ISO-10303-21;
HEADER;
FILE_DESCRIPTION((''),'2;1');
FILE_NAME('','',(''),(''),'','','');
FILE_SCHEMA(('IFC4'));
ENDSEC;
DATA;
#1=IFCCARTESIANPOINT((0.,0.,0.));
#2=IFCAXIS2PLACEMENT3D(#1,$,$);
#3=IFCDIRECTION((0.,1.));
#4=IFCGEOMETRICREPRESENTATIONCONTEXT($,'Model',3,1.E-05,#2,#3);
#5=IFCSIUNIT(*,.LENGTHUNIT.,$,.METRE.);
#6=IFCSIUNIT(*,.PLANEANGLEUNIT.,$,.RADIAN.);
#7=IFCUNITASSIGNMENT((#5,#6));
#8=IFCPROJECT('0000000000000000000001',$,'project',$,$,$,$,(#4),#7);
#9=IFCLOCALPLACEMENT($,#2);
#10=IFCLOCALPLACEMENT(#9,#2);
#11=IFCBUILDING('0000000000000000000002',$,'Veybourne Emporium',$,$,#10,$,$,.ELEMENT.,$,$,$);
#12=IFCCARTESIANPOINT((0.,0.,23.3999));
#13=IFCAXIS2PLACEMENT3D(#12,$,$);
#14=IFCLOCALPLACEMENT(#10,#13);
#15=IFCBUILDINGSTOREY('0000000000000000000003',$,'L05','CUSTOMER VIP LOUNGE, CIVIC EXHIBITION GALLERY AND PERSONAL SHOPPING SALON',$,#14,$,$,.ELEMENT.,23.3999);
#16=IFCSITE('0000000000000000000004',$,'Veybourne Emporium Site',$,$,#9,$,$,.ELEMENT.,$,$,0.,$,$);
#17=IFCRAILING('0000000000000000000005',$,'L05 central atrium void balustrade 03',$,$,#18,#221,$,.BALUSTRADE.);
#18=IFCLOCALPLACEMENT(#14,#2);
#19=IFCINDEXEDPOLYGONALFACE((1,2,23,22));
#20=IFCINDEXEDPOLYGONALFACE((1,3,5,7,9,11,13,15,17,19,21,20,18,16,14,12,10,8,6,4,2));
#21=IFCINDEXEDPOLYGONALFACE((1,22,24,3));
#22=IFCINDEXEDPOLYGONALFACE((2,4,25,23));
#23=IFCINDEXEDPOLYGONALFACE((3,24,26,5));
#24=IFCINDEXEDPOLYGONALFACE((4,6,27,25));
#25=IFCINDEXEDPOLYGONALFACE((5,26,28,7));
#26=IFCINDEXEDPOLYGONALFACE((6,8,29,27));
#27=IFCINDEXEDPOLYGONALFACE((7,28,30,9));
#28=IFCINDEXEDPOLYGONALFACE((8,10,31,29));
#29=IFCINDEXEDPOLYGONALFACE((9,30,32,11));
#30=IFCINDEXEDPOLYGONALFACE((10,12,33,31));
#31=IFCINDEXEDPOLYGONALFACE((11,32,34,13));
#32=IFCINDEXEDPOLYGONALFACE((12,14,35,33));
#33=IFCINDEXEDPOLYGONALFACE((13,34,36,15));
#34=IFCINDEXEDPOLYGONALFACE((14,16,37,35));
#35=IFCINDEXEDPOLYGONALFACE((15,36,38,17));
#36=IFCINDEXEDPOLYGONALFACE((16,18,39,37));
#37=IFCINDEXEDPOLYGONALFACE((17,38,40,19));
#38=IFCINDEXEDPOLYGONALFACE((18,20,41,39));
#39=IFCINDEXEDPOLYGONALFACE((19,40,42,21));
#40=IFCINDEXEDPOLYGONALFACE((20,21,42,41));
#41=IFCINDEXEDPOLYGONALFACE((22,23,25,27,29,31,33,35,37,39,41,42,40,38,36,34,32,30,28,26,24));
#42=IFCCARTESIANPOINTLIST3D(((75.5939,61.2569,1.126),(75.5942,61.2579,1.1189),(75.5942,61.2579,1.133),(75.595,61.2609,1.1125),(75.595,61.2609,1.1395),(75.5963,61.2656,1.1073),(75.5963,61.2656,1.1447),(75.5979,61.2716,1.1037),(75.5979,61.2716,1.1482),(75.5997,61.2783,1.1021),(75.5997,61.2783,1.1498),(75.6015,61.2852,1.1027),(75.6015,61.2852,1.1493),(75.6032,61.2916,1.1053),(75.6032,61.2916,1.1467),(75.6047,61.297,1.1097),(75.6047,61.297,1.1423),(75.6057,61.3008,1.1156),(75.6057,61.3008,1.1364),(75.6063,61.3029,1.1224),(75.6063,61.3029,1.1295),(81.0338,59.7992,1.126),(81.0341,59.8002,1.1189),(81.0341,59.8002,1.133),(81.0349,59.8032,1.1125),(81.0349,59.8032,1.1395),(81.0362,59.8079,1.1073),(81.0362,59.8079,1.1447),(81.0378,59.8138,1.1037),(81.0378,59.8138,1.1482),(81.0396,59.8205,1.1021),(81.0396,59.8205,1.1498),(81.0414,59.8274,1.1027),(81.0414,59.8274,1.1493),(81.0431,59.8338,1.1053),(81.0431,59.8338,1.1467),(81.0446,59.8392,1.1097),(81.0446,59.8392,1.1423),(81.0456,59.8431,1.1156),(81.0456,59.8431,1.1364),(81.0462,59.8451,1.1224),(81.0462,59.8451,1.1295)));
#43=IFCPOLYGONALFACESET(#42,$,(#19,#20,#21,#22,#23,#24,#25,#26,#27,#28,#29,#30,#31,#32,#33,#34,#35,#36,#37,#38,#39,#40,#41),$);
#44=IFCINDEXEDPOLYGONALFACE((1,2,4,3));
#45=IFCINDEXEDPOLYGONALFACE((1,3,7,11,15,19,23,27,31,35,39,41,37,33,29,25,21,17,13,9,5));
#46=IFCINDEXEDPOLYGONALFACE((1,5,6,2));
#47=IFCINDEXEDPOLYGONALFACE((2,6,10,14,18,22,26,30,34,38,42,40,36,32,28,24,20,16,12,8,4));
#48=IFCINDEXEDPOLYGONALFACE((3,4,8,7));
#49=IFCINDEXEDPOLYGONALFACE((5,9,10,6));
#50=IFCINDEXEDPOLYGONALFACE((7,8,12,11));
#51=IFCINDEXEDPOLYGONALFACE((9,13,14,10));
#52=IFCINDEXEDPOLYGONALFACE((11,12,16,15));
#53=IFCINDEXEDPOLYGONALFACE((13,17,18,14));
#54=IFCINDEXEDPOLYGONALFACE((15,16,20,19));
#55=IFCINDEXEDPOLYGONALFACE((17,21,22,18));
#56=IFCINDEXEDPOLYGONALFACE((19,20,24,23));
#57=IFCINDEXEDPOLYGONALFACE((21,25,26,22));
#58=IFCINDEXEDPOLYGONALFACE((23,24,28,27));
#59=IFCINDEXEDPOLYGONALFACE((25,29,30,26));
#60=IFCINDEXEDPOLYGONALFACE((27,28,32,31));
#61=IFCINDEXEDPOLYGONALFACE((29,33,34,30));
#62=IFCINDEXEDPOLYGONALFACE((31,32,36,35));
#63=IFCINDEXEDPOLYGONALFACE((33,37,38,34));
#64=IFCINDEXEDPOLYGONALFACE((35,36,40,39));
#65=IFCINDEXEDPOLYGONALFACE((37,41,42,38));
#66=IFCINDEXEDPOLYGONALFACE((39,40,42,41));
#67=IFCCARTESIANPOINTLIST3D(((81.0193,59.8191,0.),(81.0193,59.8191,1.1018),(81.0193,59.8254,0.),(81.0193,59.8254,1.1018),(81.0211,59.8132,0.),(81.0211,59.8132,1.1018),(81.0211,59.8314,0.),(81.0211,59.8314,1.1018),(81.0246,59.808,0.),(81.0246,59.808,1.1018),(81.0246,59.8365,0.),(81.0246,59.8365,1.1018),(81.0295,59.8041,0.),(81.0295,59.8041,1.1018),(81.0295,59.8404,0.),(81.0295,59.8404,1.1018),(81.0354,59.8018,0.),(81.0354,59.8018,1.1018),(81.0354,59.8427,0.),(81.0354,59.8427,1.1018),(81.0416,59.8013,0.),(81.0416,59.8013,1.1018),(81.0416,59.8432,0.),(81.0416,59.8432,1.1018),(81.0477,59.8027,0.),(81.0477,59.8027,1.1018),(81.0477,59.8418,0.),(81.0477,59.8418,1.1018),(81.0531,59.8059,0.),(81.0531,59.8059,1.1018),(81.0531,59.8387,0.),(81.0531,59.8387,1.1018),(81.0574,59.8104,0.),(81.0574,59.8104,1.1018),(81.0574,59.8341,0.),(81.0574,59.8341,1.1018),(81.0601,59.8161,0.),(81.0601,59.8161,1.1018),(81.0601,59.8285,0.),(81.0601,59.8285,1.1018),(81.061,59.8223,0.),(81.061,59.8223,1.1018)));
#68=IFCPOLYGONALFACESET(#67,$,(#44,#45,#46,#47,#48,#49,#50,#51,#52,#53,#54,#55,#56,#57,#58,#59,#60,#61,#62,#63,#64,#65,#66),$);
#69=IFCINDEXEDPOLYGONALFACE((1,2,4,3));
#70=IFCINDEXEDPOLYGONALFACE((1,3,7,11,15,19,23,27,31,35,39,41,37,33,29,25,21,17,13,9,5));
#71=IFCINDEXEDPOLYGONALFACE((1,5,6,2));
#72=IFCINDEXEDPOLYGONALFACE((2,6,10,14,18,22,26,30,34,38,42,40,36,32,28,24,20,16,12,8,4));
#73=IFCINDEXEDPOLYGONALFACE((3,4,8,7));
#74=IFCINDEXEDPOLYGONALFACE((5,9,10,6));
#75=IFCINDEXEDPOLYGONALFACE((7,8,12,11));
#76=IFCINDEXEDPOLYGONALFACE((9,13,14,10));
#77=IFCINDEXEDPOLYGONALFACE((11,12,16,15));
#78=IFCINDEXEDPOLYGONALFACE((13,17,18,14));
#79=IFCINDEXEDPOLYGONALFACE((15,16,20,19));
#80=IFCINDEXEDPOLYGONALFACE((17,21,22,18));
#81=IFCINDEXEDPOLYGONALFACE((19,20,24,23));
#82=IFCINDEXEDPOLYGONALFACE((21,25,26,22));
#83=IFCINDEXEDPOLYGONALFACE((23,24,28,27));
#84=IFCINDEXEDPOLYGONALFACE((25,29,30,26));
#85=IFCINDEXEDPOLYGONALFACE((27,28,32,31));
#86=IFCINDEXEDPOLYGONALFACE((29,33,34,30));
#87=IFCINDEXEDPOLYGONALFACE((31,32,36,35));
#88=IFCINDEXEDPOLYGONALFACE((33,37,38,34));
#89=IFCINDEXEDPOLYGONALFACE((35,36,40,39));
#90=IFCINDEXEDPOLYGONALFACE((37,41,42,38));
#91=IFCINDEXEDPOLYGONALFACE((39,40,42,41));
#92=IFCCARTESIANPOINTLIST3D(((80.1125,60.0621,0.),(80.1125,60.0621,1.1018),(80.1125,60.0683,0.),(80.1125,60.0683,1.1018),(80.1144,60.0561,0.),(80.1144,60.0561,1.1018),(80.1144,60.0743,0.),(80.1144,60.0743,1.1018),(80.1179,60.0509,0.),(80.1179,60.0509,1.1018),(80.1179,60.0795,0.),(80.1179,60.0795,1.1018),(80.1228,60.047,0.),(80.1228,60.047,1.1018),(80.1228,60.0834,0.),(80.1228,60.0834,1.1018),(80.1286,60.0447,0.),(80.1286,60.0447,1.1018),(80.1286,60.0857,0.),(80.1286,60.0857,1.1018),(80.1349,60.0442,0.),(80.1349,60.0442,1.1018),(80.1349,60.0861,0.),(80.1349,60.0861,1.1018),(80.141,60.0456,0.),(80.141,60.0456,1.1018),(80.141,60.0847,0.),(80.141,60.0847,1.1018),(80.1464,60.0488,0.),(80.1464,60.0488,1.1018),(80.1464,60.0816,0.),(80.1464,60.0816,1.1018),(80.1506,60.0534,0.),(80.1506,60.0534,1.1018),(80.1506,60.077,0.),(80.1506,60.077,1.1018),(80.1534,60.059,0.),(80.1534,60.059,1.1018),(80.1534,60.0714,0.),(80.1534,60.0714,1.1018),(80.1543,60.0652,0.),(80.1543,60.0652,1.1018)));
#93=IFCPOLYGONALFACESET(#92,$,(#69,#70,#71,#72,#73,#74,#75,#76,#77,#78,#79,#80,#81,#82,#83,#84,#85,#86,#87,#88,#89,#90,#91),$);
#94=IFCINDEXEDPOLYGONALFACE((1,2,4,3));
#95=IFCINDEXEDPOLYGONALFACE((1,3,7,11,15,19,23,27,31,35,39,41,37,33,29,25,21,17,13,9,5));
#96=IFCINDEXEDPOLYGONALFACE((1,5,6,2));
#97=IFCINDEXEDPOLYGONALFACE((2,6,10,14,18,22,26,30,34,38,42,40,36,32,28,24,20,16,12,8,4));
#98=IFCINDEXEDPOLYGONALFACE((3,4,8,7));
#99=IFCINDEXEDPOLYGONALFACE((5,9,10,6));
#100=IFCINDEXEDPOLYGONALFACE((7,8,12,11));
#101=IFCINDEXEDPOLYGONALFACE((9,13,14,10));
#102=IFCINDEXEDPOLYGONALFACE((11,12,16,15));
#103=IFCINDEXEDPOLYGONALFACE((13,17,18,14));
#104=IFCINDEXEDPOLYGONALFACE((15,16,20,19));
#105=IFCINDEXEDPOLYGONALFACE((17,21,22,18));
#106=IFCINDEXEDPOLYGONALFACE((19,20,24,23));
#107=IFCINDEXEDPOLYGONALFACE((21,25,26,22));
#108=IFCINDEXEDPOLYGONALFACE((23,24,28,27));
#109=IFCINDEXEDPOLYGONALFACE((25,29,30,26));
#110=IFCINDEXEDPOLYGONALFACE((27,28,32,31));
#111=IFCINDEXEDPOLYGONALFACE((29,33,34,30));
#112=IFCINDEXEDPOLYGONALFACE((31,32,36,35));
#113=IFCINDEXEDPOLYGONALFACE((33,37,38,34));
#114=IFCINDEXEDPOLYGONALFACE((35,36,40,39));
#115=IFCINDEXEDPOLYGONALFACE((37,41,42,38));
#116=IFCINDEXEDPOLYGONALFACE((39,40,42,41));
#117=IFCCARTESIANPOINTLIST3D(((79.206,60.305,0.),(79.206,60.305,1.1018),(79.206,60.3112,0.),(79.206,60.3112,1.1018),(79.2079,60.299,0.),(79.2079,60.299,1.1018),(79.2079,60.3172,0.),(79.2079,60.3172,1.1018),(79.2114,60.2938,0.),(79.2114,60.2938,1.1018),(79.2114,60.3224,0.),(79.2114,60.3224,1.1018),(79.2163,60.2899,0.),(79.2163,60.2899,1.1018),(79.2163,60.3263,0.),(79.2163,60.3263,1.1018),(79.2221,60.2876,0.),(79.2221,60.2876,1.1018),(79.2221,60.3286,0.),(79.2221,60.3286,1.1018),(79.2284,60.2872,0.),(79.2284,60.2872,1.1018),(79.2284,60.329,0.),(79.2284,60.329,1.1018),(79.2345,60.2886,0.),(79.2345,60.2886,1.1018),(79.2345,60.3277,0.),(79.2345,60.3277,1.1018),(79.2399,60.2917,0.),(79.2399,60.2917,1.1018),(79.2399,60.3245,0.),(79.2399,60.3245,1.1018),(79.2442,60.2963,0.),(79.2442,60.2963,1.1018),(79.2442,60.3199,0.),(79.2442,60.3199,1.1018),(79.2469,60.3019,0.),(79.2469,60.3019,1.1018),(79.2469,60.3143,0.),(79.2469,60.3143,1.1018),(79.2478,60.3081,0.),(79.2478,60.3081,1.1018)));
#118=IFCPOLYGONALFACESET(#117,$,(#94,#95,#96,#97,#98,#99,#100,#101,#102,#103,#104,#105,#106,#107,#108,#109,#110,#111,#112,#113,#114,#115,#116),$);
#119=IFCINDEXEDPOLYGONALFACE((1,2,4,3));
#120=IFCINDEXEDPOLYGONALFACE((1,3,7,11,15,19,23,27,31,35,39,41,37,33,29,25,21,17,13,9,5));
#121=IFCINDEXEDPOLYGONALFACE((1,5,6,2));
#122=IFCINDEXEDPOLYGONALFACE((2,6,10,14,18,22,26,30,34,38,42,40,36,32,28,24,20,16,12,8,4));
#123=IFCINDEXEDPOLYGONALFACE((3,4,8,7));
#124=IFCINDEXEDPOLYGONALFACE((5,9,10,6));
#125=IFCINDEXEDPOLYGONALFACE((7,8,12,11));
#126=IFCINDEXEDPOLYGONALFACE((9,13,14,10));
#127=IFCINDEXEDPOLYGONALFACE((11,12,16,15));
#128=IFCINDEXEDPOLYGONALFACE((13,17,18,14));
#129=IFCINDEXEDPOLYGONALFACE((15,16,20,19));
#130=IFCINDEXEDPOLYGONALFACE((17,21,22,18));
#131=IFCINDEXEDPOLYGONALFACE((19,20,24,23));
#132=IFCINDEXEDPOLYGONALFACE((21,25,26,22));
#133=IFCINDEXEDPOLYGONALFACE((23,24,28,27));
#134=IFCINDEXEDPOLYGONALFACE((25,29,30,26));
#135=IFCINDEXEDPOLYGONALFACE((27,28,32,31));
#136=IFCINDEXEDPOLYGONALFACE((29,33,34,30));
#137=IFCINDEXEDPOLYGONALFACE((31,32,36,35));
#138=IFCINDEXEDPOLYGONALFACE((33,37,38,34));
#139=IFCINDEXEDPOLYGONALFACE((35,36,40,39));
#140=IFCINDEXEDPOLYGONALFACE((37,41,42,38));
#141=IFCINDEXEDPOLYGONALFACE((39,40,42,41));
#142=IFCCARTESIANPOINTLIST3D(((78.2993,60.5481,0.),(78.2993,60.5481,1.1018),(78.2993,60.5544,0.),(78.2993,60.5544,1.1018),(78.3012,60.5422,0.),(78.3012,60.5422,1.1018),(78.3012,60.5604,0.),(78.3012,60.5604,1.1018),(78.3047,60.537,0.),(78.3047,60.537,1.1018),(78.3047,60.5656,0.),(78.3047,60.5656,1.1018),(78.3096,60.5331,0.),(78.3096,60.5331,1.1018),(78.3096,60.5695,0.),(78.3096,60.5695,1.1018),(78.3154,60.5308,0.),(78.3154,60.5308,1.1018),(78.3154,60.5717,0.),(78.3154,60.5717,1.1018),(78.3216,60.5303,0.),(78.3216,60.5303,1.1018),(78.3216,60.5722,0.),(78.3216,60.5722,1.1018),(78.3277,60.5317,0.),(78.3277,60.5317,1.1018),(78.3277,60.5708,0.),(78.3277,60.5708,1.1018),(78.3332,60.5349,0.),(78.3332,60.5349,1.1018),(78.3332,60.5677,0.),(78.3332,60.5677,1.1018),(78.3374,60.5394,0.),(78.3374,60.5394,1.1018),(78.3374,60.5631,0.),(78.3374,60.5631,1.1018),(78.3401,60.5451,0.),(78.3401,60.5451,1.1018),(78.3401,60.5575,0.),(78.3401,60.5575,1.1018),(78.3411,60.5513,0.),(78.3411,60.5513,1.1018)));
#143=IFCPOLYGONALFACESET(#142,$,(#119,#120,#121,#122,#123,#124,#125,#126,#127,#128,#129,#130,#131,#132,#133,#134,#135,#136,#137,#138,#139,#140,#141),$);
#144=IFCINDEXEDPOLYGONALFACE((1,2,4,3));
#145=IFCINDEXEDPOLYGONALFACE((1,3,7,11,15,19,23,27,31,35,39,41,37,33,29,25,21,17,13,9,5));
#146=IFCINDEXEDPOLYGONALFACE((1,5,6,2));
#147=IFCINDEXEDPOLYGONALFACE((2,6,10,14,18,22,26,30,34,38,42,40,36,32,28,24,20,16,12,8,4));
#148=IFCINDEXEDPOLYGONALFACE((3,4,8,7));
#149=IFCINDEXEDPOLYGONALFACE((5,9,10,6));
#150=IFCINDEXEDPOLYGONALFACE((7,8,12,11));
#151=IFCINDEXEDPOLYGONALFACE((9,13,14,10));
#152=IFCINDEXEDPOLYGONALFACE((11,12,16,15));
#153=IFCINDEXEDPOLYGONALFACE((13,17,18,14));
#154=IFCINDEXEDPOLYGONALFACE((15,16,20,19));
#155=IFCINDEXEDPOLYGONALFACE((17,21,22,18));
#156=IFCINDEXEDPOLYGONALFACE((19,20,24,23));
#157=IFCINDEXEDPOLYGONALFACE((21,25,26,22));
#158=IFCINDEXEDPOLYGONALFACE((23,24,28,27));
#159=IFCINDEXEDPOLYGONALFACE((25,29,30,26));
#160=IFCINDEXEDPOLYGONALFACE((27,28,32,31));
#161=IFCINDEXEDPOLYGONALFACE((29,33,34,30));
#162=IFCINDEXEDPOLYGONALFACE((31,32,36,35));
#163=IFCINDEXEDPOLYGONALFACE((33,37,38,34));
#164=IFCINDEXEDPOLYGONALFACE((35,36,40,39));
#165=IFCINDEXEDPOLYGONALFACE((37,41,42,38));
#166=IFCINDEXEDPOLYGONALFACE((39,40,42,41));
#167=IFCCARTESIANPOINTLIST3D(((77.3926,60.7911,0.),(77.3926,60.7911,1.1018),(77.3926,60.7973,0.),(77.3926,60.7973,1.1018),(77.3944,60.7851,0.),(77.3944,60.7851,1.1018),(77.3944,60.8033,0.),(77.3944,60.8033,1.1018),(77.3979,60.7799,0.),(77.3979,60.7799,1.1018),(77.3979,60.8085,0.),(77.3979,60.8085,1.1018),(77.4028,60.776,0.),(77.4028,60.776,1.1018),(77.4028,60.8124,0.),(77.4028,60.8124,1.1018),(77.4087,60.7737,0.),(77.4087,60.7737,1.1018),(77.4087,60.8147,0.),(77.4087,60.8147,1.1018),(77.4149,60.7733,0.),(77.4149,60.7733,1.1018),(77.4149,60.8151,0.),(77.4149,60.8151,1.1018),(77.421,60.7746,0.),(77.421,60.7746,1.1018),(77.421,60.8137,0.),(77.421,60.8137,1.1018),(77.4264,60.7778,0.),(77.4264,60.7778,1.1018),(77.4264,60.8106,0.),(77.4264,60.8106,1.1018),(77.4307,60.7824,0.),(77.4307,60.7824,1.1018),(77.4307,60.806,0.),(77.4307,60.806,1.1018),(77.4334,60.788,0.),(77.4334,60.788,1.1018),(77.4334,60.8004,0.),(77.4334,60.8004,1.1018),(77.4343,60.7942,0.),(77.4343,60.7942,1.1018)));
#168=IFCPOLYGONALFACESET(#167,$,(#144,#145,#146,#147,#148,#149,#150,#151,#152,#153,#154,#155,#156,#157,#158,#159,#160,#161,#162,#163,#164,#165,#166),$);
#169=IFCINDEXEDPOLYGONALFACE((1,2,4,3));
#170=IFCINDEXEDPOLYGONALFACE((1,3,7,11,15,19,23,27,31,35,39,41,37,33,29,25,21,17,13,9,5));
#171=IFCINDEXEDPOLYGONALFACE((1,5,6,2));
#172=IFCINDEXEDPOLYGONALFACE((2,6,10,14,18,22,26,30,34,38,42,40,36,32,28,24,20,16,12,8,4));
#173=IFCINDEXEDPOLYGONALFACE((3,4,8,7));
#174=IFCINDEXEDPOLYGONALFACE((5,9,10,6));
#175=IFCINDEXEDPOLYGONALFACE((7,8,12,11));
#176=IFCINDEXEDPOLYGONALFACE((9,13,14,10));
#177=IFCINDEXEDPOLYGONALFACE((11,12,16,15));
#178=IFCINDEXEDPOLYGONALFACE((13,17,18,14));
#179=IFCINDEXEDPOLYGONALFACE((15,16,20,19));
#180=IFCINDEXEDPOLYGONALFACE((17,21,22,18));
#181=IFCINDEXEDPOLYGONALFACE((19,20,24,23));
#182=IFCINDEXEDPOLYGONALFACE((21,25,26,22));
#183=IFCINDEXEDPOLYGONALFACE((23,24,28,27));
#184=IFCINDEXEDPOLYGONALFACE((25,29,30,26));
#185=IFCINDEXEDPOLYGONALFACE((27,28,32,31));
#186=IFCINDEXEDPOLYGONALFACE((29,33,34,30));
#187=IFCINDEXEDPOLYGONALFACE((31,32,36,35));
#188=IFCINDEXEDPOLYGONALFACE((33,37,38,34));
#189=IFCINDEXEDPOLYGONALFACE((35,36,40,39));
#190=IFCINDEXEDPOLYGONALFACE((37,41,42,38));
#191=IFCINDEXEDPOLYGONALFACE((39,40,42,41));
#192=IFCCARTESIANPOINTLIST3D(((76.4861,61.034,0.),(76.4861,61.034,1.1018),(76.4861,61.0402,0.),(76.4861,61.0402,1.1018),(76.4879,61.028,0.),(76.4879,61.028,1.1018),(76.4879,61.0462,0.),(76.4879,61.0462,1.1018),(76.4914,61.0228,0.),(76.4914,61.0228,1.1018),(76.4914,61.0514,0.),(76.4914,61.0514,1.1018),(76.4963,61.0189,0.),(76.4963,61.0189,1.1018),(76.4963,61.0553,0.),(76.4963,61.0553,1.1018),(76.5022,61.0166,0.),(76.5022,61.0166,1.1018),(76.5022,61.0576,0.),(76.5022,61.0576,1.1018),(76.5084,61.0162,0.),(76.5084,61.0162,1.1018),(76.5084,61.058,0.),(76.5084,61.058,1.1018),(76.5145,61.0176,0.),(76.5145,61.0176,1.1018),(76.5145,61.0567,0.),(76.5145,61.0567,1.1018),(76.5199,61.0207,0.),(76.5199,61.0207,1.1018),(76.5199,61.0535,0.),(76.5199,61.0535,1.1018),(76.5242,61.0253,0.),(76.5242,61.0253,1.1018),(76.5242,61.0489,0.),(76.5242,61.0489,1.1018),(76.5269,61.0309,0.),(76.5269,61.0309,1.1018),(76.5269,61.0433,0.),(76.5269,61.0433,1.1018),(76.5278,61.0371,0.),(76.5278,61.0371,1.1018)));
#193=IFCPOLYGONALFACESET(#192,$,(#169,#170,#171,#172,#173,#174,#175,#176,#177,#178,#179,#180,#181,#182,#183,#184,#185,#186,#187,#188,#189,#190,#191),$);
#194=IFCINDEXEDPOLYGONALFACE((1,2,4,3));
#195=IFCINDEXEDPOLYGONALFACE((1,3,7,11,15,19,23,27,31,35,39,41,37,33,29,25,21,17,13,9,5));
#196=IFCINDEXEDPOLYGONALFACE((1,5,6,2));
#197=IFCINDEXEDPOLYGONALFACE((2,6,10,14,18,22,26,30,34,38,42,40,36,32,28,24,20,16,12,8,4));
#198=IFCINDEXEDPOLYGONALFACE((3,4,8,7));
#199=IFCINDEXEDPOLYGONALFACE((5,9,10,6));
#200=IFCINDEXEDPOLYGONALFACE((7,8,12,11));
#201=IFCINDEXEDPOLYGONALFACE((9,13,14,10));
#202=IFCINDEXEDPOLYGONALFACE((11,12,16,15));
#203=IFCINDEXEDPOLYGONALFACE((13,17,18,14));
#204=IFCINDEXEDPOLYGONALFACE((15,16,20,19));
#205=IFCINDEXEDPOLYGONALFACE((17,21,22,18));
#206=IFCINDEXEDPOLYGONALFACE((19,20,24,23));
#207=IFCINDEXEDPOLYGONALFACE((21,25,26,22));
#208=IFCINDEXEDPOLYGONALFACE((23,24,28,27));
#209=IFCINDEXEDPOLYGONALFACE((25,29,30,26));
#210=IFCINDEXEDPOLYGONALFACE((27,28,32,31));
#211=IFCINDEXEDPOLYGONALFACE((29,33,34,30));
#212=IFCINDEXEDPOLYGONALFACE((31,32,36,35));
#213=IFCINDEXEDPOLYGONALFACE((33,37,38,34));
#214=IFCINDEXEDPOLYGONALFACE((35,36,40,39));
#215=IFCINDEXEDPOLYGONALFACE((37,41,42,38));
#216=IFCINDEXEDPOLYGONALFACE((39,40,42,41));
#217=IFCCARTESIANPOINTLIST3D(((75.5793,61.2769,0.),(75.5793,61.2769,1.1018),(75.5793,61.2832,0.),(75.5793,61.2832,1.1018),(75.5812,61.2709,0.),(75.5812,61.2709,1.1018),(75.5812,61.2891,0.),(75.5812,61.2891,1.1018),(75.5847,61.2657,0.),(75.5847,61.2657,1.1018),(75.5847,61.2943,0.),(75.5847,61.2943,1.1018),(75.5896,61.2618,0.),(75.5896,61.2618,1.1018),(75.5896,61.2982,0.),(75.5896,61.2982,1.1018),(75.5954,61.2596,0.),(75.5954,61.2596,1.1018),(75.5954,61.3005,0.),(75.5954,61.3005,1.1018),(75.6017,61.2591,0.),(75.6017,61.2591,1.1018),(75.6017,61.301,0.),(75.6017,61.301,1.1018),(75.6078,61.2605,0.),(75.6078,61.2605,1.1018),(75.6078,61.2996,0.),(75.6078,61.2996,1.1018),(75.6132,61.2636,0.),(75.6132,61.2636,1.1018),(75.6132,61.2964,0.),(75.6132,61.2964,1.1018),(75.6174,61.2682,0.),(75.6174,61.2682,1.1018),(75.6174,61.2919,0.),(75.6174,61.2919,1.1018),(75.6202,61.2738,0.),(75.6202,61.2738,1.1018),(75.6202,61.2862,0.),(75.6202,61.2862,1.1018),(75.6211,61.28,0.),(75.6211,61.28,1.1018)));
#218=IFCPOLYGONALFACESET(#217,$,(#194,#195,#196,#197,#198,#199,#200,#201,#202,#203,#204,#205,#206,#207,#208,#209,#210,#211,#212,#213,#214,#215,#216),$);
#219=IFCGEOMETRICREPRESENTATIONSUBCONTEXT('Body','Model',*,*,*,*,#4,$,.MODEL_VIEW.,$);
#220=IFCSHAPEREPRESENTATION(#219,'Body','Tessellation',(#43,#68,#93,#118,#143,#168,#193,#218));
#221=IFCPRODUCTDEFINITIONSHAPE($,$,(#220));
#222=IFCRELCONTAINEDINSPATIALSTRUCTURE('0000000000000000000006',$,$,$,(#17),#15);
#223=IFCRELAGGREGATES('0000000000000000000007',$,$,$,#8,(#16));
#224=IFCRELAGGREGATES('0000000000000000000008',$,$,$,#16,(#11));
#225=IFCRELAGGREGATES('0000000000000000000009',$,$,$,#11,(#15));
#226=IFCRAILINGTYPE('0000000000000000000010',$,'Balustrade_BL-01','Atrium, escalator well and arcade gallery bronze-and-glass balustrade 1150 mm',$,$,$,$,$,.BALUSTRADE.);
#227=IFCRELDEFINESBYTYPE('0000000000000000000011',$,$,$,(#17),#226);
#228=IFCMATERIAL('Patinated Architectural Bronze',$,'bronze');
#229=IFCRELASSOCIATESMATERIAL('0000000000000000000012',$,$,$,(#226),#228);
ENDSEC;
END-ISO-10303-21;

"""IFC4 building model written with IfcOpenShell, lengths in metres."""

from ifc_helpers import new_model, si_unit, direction, frame, origin, origin_2d, place, context, subcontext, project, spatial, circle, extrude, material, type_object, element, save


model = new_model("IFC4")

# Units and contexts
model_context = context("Model", 3, precision=1e-05, world=origin(), true_north=direction((0.0, 1.0)))
body_context = subcontext(model_context, "Body", "Model", "MODEL_VIEW")
ifc_project = project(units=[si_unit("LENGTHUNIT", "METRE"), si_unit("PLANEANGLEUNIT", "RADIAN")], contexts=[model_context])

# Site, building, storey
site_placement = place(None, origin())
site = spatial("IfcSite", under=ifc_project, at=site_placement, Name="Veybourne Emporium Site", CompositionType="ELEMENT", RefElevation=0.0)
building_placement = place(site_placement, origin())
building = spatial("IfcBuilding", under=site, at=building_placement, Name="Veybourne Emporium", CompositionType="ELEMENT")
storey_placement = place(building_placement, frame((0.0, 0.0, 23.3999)))
storey = spatial("IfcBuildingStorey", under=building, at=storey_placement, Name="L05", Description="CUSTOMER VIP LOUNGE, CIVIC EXHIBITION GALLERY AND PERSONAL SHOPPING SALON", CompositionType="ELEMENT", Elevation=23.3999)

# Shared definitions
ifc_material_1 = material(Name="Patinated Architectural Bronze", Category="bronze")

# Railing
railing_type = type_object("IfcRailingType", Name="Balustrade_BL-01", Description="Atrium, escalator well and arcade gallery bronze-and-glass balustrade 1150 mm", PredefinedType="BALUSTRADE", material=ifc_material_1)
railing_1_placement = place(storey_placement, frame((81.04, 59.8223, 0.0)))
element("IfcRailing", 1, at=railing_1_placement, inside=storey, type_object=railing_type, Name="L05 central atrium void balustrade 03", PredefinedType="BALUSTRADE", context=body_context, shape_type="SweptSolid", body=[
    extrude(circle(Radius=0.0239, at=origin_2d()), frame((0.0, 0.0, 1.126), z_axis=(-0.96592, 0.258842, 0.0), x_axis=(-0.258842, -0.96592, 0.0)), (0.0, 0.0, 1.0), 5.6318),
    extrude(circle(Radius=0.021, at=origin_2d()), origin(), (0.0, 0.0, 1.0), 1.1018),
    extrude(circle(Radius=0.021, at=origin_2d()), frame((-0.9067, 0.2429, 0.0)), (0.0, 0.0, 1.0), 1.1018),
    extrude(circle(Radius=0.021, at=origin_2d()), frame((-1.8132, 0.4858, 0.0)), (0.0, 0.0, 1.0), 1.1018),
    extrude(circle(Radius=0.021, at=origin_2d()), frame((-2.72, 0.729, 0.0)), (0.0, 0.0, 1.0), 1.1018),
    extrude(circle(Radius=0.021, at=origin_2d()), frame((-3.6267, 0.9719, 0.0)), (0.0, 0.0, 1.0), 1.1018),
    extrude(circle(Radius=0.021, at=origin_2d()), frame((-4.5332, 1.2148, 0.0)), (0.0, 0.0, 1.0), 1.1018),
    extrude(circle(Radius=0.021, at=origin_2d()), frame((-5.4399, 1.4578, 0.0)), (0.0, 0.0, 1.0), 1.1018),
])

save(model, "model.ifc")
